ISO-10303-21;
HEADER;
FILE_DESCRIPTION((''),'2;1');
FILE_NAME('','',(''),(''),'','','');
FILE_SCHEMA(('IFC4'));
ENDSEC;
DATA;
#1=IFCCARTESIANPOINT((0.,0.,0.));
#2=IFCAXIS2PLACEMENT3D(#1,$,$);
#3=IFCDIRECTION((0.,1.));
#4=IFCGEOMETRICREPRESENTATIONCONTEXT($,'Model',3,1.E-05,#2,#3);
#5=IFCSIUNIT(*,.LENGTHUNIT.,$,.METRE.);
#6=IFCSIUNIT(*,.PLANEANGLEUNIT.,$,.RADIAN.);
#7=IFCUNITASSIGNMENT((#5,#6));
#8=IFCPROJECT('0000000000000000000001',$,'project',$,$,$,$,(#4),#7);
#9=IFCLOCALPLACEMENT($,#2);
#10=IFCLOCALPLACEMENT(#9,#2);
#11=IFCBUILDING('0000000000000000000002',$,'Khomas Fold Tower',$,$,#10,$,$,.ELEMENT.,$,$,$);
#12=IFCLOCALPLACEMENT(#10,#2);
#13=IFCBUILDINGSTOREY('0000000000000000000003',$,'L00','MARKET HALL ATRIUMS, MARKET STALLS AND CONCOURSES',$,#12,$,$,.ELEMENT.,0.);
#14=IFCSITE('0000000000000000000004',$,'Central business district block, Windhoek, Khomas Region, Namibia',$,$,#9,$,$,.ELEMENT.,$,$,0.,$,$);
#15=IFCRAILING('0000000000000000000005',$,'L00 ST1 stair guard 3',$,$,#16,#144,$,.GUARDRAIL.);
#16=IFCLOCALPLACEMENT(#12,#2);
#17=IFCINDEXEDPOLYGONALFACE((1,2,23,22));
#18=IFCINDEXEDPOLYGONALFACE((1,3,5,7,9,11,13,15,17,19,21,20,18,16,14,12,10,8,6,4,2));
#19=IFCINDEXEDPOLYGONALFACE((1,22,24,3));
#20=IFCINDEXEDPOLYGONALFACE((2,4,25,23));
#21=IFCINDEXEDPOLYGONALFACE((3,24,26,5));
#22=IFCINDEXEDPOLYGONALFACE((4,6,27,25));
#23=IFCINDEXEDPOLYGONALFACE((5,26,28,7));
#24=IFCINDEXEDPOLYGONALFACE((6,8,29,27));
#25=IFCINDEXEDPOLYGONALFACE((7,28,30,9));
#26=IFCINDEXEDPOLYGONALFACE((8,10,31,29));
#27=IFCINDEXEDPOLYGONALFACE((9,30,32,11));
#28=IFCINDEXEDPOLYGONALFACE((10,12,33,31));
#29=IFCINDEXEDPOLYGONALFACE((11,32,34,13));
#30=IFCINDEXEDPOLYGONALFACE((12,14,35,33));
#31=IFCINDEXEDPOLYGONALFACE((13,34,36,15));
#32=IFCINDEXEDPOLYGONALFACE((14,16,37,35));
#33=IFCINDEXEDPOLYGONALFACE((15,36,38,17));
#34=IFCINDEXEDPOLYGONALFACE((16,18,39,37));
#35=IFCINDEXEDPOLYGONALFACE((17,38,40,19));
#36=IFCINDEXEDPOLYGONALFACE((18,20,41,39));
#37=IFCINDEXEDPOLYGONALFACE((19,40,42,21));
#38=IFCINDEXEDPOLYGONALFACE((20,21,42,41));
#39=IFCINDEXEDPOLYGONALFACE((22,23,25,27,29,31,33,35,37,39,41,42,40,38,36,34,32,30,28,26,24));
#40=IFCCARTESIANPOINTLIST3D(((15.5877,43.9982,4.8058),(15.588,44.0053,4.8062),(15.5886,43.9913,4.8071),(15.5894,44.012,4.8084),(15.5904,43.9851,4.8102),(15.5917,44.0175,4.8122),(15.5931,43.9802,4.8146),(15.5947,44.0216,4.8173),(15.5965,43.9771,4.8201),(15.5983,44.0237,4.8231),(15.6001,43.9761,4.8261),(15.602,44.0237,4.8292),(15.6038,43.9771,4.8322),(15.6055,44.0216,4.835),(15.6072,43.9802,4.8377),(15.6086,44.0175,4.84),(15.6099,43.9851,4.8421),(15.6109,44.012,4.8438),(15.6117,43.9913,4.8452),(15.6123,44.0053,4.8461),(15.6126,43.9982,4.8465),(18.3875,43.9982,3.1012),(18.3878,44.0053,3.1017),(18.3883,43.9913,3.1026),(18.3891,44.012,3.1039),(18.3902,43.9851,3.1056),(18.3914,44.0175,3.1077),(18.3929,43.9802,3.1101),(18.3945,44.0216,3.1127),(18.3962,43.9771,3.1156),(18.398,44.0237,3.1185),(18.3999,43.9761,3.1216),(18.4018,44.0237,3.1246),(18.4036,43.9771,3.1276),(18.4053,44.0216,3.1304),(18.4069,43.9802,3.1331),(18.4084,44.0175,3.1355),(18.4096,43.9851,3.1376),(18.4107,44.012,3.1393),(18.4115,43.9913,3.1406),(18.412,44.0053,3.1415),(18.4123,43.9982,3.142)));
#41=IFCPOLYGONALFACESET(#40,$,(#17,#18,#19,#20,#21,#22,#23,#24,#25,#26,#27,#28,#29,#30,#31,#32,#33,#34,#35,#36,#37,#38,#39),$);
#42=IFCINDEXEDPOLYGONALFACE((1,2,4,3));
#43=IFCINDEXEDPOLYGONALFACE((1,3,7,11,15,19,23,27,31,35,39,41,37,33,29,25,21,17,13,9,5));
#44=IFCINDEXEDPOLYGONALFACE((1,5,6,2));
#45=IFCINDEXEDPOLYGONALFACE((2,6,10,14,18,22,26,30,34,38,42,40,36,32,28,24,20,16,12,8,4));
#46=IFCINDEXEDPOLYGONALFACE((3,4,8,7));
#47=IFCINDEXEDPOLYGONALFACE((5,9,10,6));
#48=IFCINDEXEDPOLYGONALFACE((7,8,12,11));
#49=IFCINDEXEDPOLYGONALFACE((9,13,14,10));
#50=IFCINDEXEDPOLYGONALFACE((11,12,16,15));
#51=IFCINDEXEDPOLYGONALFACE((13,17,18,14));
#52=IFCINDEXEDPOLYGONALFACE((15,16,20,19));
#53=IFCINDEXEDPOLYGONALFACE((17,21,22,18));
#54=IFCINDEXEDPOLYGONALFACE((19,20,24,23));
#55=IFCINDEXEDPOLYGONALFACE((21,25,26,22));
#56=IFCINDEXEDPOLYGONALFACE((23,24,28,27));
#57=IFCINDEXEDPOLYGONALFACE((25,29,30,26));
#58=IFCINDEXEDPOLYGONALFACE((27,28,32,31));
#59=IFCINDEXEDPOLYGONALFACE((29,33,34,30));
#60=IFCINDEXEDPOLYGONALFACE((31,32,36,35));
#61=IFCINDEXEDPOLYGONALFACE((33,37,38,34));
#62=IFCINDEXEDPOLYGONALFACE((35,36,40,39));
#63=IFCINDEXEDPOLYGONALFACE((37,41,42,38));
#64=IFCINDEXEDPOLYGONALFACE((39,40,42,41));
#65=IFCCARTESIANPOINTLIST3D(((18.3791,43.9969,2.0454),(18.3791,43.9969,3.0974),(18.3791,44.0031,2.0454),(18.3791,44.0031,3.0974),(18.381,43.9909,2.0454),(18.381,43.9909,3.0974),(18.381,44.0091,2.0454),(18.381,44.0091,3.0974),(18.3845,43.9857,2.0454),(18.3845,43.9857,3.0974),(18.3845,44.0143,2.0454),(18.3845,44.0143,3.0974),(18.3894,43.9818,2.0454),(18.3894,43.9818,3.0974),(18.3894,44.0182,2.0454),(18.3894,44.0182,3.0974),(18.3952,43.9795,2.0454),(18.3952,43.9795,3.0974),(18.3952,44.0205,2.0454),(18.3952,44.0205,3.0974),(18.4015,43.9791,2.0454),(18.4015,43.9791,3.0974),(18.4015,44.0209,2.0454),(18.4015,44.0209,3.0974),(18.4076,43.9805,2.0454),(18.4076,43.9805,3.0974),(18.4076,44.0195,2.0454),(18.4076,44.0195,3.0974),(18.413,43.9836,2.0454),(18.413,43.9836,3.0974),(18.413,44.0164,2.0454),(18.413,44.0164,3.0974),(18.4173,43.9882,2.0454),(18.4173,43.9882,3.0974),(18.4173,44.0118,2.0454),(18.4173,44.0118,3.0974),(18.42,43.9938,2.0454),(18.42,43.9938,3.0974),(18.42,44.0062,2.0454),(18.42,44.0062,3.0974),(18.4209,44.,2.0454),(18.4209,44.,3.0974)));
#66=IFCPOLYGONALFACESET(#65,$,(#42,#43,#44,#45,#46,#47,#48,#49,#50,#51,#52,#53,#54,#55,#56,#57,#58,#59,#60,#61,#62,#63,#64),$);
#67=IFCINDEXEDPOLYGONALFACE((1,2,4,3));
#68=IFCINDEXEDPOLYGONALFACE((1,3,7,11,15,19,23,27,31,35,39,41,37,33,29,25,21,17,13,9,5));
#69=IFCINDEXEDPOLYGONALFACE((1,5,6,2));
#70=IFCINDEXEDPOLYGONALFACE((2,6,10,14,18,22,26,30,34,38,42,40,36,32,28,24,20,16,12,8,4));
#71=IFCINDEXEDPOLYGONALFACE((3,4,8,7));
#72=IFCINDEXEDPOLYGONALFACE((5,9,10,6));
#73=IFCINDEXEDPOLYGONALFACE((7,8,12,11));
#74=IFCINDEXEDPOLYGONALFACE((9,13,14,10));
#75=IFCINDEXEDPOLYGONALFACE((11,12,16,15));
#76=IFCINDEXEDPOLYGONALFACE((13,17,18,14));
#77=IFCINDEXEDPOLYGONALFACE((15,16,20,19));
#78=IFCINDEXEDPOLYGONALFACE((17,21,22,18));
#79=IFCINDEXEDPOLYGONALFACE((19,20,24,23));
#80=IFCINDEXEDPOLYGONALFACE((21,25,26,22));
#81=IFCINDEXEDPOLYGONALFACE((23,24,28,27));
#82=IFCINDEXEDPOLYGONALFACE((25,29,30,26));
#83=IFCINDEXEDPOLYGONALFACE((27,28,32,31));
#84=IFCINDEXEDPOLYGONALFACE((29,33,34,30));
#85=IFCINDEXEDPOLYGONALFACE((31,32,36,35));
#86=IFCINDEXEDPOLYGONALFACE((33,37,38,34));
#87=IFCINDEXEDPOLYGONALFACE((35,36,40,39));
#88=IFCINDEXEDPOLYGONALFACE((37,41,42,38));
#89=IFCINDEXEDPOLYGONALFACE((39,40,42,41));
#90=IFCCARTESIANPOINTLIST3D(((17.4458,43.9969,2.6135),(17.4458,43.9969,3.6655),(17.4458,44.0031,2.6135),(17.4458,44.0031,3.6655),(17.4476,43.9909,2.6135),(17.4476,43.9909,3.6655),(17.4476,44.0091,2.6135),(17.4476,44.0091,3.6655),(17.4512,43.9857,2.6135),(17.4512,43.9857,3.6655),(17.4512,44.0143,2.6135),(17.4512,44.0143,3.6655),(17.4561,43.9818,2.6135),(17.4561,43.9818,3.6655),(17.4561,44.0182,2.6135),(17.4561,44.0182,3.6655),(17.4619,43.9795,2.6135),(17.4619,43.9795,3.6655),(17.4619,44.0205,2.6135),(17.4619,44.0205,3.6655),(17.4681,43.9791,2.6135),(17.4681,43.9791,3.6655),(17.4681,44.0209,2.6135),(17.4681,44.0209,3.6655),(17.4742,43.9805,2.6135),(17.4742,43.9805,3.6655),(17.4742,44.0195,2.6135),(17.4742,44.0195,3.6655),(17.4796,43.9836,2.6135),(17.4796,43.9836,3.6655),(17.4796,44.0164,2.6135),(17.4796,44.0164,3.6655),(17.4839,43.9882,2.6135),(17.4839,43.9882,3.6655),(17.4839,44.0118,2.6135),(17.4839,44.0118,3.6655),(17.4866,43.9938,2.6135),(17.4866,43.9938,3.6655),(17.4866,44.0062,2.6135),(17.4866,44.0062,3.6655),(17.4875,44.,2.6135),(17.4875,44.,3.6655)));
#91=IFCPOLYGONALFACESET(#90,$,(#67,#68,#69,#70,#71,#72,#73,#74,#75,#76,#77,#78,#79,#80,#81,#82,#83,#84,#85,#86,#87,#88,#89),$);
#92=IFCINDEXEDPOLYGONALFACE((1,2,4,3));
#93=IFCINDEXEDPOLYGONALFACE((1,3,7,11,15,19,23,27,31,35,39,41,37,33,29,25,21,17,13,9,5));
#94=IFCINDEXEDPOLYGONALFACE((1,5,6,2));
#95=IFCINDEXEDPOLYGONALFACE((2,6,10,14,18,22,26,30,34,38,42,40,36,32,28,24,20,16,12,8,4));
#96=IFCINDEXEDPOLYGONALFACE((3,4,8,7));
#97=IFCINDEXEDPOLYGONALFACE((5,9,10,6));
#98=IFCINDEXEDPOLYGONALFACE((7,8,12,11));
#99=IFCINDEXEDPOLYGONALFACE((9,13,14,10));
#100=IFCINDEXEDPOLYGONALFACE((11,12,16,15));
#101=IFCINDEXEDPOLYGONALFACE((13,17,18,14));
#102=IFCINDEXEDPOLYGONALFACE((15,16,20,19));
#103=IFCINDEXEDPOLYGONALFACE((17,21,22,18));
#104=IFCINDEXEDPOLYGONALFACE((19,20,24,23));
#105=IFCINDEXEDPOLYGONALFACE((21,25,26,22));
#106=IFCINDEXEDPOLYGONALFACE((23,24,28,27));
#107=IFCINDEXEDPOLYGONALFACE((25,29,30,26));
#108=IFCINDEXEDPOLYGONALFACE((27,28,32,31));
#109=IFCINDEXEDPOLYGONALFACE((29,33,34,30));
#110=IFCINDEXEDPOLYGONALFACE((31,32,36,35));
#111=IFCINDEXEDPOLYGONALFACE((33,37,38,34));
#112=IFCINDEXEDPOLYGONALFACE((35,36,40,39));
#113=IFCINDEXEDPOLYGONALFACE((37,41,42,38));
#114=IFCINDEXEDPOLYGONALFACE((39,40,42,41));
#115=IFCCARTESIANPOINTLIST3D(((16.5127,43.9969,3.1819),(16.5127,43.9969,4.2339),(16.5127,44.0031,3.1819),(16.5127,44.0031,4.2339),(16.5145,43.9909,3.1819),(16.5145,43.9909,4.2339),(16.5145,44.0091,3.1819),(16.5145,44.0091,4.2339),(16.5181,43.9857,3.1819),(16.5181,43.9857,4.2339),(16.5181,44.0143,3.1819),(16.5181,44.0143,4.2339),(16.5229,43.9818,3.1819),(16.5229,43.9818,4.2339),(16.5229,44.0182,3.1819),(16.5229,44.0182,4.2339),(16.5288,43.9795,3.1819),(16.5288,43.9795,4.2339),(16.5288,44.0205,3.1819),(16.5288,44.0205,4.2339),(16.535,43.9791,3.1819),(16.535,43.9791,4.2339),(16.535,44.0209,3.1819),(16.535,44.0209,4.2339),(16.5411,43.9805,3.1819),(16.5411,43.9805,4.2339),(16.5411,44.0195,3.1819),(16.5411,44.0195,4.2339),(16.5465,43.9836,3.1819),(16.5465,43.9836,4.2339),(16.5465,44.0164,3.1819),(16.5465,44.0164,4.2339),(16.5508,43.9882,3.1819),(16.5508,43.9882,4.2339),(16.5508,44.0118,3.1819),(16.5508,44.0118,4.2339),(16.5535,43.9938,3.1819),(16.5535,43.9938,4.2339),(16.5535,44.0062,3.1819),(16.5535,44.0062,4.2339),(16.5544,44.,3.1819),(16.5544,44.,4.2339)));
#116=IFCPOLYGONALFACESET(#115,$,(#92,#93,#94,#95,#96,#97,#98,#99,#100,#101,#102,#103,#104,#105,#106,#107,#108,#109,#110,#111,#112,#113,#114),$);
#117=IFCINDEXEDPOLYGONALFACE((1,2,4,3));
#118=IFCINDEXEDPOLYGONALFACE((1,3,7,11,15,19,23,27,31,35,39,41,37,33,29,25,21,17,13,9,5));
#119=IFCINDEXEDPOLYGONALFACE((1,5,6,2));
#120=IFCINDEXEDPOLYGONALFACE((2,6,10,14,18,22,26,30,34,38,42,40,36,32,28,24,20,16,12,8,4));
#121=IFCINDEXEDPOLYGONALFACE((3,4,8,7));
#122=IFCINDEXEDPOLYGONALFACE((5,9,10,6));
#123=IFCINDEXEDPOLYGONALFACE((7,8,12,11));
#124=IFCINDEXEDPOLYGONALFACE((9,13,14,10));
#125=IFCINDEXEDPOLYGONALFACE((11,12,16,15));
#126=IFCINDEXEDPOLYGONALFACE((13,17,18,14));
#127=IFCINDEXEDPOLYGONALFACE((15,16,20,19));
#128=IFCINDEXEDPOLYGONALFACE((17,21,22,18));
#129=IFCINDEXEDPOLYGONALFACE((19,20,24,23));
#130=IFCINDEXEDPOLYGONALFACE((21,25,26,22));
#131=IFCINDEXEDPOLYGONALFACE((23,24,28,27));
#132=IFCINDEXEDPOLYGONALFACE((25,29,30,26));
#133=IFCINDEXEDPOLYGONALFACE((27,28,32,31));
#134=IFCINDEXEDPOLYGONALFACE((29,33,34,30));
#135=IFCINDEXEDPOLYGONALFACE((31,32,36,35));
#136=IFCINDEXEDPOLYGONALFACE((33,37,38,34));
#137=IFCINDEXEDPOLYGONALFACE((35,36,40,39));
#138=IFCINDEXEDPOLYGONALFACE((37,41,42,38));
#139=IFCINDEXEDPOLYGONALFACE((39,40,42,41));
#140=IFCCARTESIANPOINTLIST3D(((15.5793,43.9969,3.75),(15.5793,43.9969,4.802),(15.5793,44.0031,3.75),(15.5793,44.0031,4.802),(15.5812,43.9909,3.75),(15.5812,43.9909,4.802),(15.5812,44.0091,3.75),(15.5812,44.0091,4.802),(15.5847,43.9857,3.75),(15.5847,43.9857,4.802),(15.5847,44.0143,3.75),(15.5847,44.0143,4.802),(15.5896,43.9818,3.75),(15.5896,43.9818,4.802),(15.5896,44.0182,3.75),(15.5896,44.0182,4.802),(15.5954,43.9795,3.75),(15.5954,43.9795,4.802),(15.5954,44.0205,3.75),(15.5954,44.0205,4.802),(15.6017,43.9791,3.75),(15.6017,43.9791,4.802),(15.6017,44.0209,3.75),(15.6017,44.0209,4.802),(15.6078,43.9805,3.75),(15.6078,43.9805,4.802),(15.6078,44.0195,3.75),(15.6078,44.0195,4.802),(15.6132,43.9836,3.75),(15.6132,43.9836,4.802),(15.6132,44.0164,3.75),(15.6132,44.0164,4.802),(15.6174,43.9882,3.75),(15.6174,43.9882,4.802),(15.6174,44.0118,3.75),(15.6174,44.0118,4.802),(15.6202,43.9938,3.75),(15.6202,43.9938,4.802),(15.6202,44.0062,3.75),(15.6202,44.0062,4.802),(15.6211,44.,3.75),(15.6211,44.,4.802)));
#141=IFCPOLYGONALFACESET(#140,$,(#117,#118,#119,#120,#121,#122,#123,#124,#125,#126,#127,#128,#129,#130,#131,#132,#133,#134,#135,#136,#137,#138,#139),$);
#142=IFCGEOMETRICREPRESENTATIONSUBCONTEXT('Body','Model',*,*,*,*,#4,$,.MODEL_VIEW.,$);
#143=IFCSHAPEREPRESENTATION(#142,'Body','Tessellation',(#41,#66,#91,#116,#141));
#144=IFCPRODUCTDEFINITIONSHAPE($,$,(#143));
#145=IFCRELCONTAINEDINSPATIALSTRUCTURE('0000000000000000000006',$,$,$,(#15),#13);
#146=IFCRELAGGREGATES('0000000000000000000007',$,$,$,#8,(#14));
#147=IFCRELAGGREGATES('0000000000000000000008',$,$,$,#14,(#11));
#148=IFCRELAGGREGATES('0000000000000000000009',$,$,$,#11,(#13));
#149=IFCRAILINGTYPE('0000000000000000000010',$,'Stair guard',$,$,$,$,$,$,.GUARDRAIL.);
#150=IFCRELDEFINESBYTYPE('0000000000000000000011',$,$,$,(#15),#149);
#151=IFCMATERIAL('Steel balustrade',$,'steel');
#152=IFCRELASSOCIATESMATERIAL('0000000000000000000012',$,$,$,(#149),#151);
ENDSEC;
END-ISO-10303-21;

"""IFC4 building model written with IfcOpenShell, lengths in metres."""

from ifc_helpers import new_model, si_unit, direction, frame, origin, origin_2d, place, context, subcontext, project, spatial, circle, extrude, source, transform, mapped, material, type_object, element, save


model = new_model("IFC4")

# Units and contexts
model_context = context("Model", 3, precision=1e-05, world=origin(), true_north=direction((0.0, 1.0)))
body_context = subcontext(model_context, "Body", "Model", "MODEL_VIEW")
ifc_project = project(units=[si_unit("LENGTHUNIT", "METRE"), si_unit("PLANEANGLEUNIT", "RADIAN")], contexts=[model_context])

# Site, building, storey
site_placement = place(None, origin())
site = spatial("IfcSite", under=ifc_project, at=site_placement, Name="Central business district block, Windhoek, Khomas Region, Namibia", CompositionType="ELEMENT", RefElevation=0.0)
building_placement = place(site_placement, origin())
building = spatial("IfcBuilding", under=site, at=building_placement, Name="Khomas Fold Tower", CompositionType="ELEMENT")
storey_placement = place(building_placement, origin())
storey = spatial("IfcBuildingStorey", under=building, at=storey_placement, Name="L00", Description="MARKET HALL ATRIUMS, MARKET STALLS AND CONCOURSES", CompositionType="ELEMENT", Elevation=0.0)

# Railing
ifc_material_1 = material(Name="Steel balustrade", Category="steel")
railing_type_1 = type_object("IfcRailingType", Name="Stair guard", PredefinedType="GUARDRAIL", material=ifc_material_1)
shared_shape_1 = source(origin(), body_context, "Body", "SweptSolid", [
    extrude(circle(Radius=0.0239, at=origin_2d()), frame((0.0, 0.0, 1.0762), z_axis=(-0.85415, 0.0, 0.520027), x_axis=(0.0, -1.0, 0.0)), (0.0, 0.0, 1.0), 3.2778),
    extrude(circle(Radius=0.021, at=origin_2d()), origin(), (0.0, 0.0, 1.0), 1.052),
    extrude(circle(Radius=0.021, at=origin_2d()), frame((-0.9333, 0.0, 0.5681)), (0.0, 0.0, 1.0), 1.052),
    extrude(circle(Radius=0.021, at=origin_2d()), frame((-1.8665, 0.0, 1.1365)), (0.0, 0.0, 1.0), 1.052),
    extrude(circle(Radius=0.021, at=origin_2d()), frame((-2.7998, 0.0, 1.7046)), (0.0, 0.0, 1.0), 1.052),
])
for number, where, name in (
    (1, (18.3999, 44.0, 2.0454), "L00 ST1 stair guard 3"),
):
    element("IfcRailing", number, at=place(storey_placement, frame(where)), inside=storey, type_object=railing_type_1, Name=name, PredefinedType="GUARDRAIL", context=body_context, shape_type="MappedRepresentation", body=[
        mapped(shared_shape_1, transform((0.0, 0.0, 0.0))),
    ])

save(model, "model.ifc")
